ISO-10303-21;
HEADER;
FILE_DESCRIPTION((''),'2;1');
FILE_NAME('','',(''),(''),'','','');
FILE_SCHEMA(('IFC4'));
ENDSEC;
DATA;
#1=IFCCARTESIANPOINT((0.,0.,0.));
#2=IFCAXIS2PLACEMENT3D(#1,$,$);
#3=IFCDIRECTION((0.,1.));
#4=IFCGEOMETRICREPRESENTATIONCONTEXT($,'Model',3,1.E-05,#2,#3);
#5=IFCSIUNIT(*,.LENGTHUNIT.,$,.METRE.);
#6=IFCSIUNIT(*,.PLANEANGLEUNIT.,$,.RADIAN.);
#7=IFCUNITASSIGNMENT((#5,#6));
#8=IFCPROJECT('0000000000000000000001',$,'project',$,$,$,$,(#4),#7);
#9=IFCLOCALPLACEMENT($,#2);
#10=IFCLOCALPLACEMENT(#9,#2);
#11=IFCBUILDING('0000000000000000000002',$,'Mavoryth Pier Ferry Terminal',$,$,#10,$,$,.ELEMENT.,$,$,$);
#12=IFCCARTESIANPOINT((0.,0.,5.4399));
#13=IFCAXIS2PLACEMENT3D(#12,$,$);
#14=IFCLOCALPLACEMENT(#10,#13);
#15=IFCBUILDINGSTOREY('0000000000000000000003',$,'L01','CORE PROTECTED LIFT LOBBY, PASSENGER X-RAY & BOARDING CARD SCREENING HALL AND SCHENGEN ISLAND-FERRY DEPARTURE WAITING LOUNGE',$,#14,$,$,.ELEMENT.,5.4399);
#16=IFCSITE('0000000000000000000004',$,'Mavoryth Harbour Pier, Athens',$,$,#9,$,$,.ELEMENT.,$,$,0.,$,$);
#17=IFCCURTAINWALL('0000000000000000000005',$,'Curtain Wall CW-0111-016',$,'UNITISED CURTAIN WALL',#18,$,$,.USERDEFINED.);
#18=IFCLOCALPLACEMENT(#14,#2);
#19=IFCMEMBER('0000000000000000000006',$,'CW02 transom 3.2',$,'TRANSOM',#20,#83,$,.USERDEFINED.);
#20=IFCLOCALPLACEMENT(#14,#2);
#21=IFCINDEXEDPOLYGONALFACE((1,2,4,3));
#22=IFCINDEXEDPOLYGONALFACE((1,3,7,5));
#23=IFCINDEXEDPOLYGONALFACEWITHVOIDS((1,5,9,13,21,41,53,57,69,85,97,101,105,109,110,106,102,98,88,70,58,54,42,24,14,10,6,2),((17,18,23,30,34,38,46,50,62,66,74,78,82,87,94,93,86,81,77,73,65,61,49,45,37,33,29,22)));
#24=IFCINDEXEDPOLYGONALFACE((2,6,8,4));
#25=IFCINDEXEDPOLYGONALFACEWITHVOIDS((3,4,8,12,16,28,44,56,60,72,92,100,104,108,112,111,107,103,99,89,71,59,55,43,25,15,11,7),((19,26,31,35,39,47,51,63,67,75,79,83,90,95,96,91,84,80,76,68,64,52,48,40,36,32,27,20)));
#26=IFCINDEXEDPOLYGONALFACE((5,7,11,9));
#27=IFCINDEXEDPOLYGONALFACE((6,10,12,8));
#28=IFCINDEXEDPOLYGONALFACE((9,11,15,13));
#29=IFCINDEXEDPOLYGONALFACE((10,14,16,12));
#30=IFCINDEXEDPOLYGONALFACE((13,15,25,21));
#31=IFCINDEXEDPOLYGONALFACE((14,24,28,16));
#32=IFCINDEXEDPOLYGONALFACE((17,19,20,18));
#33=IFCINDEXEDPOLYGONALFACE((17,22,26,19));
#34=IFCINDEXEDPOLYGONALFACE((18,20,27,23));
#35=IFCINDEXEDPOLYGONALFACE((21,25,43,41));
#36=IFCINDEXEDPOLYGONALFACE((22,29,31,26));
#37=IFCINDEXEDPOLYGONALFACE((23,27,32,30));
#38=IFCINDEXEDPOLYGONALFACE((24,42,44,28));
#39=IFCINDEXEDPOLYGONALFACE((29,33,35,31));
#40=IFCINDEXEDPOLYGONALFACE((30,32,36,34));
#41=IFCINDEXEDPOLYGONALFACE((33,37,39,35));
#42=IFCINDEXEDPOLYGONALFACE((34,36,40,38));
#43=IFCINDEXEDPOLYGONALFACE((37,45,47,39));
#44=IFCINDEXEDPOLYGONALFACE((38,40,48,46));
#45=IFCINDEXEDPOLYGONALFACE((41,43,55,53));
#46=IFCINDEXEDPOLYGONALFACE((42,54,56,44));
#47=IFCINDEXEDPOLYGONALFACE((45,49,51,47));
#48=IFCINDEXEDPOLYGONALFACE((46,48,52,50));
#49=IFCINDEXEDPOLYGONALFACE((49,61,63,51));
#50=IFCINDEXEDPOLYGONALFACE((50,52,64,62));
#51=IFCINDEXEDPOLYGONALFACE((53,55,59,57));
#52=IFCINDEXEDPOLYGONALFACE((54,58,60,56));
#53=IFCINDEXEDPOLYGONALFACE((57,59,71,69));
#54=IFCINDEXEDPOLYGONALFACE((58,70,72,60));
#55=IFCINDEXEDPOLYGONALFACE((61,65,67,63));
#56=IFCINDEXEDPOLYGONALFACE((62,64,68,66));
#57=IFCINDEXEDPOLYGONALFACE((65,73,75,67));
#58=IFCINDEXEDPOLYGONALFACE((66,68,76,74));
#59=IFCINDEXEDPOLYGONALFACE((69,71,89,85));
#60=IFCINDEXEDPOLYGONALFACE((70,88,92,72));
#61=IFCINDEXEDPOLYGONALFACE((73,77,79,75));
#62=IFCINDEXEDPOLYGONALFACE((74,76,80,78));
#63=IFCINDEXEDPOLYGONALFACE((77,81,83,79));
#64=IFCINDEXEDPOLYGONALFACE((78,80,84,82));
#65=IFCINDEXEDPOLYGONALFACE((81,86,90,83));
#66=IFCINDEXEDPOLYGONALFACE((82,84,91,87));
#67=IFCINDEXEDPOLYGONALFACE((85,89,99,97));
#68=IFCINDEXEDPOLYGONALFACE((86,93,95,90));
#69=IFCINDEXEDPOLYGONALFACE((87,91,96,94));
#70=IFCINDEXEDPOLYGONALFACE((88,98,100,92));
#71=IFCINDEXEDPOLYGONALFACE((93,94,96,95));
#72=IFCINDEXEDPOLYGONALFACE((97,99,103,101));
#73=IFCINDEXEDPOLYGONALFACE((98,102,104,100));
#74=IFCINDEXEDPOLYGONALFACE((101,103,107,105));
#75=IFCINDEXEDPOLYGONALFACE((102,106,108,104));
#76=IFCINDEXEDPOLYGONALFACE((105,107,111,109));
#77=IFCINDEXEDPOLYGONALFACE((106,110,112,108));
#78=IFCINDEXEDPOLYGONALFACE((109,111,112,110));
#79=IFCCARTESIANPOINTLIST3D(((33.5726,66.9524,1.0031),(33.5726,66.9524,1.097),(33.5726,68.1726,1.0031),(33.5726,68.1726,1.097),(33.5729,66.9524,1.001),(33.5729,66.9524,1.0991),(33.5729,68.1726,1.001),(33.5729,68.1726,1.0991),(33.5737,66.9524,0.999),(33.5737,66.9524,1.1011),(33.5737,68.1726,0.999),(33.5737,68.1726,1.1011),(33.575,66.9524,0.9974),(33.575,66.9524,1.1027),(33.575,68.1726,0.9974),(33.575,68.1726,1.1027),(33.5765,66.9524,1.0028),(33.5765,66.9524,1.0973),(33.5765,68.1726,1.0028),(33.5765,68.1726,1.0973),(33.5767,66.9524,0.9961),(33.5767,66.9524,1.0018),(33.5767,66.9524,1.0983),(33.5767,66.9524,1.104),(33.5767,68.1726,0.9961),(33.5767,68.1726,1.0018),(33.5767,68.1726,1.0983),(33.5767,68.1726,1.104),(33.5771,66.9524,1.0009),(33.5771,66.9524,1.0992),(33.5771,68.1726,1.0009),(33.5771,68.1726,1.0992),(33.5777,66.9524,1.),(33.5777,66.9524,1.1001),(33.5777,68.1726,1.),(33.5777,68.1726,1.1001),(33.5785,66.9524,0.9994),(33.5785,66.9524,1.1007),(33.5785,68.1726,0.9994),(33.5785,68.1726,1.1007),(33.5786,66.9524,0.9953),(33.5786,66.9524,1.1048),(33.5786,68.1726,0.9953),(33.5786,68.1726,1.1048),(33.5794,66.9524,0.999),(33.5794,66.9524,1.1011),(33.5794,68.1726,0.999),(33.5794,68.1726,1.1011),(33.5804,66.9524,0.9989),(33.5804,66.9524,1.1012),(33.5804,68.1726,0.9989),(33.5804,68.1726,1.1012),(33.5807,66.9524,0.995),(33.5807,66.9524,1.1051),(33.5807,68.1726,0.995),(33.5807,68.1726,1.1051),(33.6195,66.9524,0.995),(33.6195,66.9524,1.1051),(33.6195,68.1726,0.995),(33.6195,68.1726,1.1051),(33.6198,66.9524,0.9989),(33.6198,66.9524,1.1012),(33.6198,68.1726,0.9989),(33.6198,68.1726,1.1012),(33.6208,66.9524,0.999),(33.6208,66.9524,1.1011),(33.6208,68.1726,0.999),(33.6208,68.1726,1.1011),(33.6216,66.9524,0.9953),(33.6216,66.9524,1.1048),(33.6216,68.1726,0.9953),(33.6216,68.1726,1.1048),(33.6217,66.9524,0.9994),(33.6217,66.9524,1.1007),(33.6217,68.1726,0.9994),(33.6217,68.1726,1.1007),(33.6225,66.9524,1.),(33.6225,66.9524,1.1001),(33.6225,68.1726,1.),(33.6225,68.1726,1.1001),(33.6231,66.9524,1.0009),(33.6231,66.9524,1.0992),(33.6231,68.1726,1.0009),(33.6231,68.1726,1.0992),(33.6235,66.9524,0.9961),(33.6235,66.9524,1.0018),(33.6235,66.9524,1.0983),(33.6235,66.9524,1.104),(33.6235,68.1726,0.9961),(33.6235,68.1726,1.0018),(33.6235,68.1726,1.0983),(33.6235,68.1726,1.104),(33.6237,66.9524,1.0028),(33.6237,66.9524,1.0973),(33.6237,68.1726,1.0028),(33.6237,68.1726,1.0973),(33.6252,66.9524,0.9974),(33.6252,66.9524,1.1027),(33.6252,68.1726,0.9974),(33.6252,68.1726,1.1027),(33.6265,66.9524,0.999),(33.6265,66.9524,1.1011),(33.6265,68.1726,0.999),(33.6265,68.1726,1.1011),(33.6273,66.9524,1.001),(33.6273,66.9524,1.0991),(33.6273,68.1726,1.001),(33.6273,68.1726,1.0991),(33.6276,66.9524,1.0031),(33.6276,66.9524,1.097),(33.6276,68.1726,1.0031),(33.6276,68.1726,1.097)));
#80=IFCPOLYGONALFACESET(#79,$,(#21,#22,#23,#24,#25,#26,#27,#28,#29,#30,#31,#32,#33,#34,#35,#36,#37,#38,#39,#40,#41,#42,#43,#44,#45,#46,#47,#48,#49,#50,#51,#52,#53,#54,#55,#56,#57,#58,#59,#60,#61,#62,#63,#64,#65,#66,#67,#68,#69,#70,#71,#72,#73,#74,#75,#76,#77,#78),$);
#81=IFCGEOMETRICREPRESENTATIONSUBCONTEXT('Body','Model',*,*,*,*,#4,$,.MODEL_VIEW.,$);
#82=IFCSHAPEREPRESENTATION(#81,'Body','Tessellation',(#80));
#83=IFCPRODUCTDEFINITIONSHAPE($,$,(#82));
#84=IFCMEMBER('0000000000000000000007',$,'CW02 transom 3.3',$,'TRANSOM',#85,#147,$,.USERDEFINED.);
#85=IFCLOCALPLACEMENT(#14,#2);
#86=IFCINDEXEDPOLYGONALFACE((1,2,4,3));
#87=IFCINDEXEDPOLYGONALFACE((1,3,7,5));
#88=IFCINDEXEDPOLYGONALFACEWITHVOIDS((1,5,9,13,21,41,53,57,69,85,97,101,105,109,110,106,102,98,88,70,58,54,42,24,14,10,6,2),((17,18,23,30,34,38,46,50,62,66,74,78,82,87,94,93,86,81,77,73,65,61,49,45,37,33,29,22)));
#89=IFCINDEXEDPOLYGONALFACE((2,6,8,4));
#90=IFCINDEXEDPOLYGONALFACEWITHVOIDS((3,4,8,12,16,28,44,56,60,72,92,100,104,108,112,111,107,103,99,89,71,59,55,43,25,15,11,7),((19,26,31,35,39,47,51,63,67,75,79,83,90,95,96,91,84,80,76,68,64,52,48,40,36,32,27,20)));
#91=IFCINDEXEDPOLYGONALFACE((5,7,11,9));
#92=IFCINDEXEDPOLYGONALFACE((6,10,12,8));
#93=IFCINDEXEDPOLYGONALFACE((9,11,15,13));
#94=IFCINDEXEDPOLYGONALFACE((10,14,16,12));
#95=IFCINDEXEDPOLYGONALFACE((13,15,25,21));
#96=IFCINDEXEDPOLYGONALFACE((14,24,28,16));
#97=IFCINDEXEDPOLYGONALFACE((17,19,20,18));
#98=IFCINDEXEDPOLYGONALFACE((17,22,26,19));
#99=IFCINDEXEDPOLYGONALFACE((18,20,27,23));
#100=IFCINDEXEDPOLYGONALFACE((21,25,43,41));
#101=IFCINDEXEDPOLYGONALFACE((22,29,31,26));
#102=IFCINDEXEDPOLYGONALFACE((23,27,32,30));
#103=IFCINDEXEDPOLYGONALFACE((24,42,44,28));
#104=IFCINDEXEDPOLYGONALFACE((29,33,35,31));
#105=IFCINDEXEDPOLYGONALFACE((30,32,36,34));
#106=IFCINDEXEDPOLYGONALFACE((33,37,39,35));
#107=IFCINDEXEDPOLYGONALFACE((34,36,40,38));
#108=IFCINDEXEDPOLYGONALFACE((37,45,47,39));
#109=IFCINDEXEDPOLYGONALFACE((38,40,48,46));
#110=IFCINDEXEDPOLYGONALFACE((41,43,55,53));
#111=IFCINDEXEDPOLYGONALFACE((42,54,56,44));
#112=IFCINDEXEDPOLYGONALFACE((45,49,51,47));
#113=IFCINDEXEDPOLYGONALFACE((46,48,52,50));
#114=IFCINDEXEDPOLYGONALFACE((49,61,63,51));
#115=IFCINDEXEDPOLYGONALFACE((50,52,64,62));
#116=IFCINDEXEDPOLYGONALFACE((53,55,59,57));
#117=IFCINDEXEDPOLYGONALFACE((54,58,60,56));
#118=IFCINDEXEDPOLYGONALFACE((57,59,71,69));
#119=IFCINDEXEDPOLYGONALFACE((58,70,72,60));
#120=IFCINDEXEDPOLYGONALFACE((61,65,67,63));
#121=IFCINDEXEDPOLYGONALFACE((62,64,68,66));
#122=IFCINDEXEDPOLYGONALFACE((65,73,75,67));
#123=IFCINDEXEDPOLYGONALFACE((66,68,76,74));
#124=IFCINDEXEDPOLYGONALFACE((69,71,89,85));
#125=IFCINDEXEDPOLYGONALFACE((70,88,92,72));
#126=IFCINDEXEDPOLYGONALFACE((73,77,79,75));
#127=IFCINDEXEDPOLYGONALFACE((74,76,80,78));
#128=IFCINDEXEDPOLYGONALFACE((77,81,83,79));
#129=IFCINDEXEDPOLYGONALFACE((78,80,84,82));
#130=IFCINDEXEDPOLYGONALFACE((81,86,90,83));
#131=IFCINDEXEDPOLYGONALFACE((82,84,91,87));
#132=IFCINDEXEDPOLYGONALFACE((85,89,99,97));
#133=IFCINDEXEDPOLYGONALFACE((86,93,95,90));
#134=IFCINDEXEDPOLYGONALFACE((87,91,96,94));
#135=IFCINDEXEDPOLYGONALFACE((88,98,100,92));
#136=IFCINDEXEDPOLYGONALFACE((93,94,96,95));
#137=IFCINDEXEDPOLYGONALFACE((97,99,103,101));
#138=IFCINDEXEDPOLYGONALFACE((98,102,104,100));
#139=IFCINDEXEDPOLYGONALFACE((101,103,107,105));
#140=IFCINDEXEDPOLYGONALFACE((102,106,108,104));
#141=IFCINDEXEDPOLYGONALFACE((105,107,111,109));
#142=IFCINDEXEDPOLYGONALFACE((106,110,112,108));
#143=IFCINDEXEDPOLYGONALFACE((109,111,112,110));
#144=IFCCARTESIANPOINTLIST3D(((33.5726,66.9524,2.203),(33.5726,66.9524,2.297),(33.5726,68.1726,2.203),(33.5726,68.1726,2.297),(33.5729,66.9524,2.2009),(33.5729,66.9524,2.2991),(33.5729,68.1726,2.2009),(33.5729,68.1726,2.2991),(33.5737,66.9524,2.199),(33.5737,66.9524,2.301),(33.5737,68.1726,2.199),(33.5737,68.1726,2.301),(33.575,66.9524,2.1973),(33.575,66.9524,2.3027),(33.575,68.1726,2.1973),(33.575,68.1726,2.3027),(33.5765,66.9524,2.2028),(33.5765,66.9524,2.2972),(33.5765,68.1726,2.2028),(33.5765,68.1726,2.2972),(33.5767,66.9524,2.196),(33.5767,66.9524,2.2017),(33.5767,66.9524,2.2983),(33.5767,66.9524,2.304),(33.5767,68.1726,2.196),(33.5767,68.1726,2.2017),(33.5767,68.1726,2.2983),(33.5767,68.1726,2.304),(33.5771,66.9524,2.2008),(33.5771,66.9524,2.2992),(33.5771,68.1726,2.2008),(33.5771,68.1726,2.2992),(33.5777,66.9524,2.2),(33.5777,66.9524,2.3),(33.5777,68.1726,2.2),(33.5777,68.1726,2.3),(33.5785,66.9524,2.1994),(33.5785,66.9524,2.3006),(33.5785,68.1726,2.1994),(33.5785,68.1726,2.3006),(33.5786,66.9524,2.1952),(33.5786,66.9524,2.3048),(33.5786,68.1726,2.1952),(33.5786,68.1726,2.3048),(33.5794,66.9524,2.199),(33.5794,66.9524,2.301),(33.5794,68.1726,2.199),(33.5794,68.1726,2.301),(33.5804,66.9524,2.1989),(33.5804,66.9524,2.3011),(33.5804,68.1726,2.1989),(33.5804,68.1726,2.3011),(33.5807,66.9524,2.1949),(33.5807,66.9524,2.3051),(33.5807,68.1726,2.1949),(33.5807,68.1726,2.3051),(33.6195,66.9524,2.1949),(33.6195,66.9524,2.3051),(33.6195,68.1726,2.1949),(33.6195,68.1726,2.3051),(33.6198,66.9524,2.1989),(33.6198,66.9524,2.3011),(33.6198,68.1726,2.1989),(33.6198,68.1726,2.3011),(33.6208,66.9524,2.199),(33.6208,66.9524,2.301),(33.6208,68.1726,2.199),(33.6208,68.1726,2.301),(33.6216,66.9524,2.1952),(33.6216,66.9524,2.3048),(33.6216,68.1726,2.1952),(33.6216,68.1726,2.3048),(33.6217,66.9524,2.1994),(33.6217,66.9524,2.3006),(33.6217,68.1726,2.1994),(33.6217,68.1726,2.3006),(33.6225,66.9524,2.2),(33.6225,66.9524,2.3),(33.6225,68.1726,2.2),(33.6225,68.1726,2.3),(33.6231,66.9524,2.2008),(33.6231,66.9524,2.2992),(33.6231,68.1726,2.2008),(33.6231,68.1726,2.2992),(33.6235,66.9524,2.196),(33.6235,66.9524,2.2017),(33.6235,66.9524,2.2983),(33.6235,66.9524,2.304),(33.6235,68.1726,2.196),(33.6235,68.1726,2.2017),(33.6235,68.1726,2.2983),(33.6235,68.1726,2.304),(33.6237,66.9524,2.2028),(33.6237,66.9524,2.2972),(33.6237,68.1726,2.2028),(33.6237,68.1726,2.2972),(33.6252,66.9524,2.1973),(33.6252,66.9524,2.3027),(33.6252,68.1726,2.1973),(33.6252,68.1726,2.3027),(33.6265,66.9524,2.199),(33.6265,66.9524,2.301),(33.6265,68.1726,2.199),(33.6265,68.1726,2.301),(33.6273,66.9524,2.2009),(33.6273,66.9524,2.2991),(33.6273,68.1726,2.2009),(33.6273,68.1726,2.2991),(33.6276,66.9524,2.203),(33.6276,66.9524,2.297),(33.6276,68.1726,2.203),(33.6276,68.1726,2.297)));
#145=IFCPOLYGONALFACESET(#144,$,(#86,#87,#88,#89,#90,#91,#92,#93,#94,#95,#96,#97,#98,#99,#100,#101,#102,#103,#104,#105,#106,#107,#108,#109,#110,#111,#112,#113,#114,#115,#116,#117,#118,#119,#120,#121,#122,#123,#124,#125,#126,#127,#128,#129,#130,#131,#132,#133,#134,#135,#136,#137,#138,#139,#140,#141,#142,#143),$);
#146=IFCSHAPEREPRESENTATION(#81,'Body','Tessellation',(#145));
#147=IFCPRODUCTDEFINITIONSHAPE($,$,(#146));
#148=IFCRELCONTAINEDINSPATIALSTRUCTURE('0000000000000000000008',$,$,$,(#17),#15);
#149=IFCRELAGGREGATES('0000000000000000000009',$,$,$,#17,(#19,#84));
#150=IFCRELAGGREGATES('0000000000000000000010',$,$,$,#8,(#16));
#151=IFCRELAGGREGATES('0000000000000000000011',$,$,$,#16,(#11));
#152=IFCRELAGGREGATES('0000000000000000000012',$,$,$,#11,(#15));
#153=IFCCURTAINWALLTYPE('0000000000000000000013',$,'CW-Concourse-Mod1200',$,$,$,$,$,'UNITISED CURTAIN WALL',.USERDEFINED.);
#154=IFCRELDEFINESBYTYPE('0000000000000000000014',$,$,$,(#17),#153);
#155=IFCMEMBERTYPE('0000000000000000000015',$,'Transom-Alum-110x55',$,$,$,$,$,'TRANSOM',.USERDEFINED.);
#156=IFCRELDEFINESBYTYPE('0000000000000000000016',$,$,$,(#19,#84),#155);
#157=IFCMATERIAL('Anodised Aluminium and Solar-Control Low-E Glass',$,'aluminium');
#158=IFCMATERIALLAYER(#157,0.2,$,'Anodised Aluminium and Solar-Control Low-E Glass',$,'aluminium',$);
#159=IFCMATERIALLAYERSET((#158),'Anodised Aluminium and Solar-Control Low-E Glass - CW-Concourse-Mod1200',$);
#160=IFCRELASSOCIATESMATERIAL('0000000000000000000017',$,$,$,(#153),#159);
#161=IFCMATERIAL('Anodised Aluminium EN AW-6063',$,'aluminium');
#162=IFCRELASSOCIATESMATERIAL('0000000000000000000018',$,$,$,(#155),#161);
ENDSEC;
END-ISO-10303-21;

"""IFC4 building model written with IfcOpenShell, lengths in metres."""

from ifc_helpers import new_model, si_unit, direction, frame, origin, origin_2d, place, context, subcontext, project, spatial, hollow_rectangle, extrude, material, layer, layer_set, material_profile, profile_set, type_object, element, aggregate, save


model = new_model("IFC4")

# Units and contexts
model_context = context("Model", 3, precision=1e-05, world=origin(), true_north=direction((0.0, 1.0)))
body_context = subcontext(model_context, "Body", "Model", "MODEL_VIEW")
ifc_project = project(units=[si_unit("LENGTHUNIT", "METRE"), si_unit("PLANEANGLEUNIT", "RADIAN")], contexts=[model_context])

# Site, building, storey
site_placement = place(None, origin())
site = spatial("IfcSite", under=ifc_project, at=site_placement, Name="Mavoryth Harbour Pier, Athens", CompositionType="ELEMENT", RefElevation=0.0)
building_placement = place(site_placement, origin())
building = spatial("IfcBuilding", under=site, at=building_placement, Name="Mavoryth Pier Ferry Terminal", CompositionType="ELEMENT")
storey_placement = place(building_placement, frame((0.0, 0.0, 5.4399)))
storey = spatial("IfcBuildingStorey", under=building, at=storey_placement, Name="L01", Description="CORE PROTECTED LIFT LOBBY, PASSENGER X-RAY & BOARDING CARD SCREENING HALL AND SCHENGEN ISLAND-FERRY DEPARTURE WAITING LOUNGE", CompositionType="ELEMENT", Elevation=5.4399)

# Curtain wall
ifc_material_1 = material(Name="Anodised Aluminium and Solar-Control Low-E Glass", Category="aluminium")
ifc_layer_1 = layer(ifc_material_1, 0.2, Name="Anodised Aluminium and Solar-Control Low-E Glass", Category="aluminium")
ifc_layer_set_1 = layer_set([ifc_layer_1], Name="Anodised Aluminium and Solar-Control Low-E Glass - CW-Concourse-Mod1200")
curtain_wall_type = type_object("IfcCurtainWallType", Name="CW-Concourse-Mod1200", ElementType="UNITISED CURTAIN WALL", PredefinedType="USERDEFINED", material=ifc_layer_set_1)
ifc_material_2 = material(Name="Anodised Aluminium EN AW-6063", Category="aluminium")
curtain_wall_1_placement = place(storey_placement, origin())
curtain_wall_1 = element("IfcCurtainWall", 1, at=curtain_wall_1_placement, inside=storey, type_object=curtain_wall_type, Name="Curtain Wall CW-0111-016", ObjectType="UNITISED CURTAIN WALL", PredefinedType="USERDEFINED")

# Members
ifc_material_profile_1 = material_profile(ifc_material_2, hollow_rectangle(XDim=0.0549, YDim=0.1101, WallThickness=0.0039, InnerFilletRadius=0.0039, OuterFilletRadius=0.0081, at=origin_2d()), Name="AL-TRAN 110x55x4", Category="aluminium")
ifc_profile_set_1 = profile_set([ifc_material_profile_1], Name="Anodised Aluminium EN AW-6063 - AL-TRAN 110x55x4")
member_type_1 = type_object("IfcMemberType", Name="Transom-Alum-110x55", ElementType="TRANSOM", PredefinedType="USERDEFINED", material=ifc_profile_set_1)
member_1_placement = place(storey_placement, frame((33.6001, 66.9524, 1.05), z_axis=(0.0, 1.0, 0.0), x_axis=(-1.0, 0.0, 0.0)))
member_1 = element("IfcMember", 2, at=member_1_placement, type_object=member_type_1, Name="CW02 transom 3.2", ObjectType="TRANSOM", PredefinedType="USERDEFINED", context=body_context, shape_type="SweptSolid", body=[
    extrude(hollow_rectangle(XDim=0.0549, YDim=0.1101, WallThickness=0.0039, InnerFilletRadius=0.0039, OuterFilletRadius=0.0081, at=origin_2d()), origin(), (0.0, 0.0, 1.0), 1.2202),
])
member_2_placement = place(storey_placement, frame((33.6001, 66.9524, 2.25), z_axis=(0.0, 1.0, 0.0), x_axis=(-1.0, 0.0, 0.0)))
member_2 = element("IfcMember", 3, at=member_2_placement, type_object=member_type_1, Name="CW02 transom 3.3", ObjectType="TRANSOM", PredefinedType="USERDEFINED", context=body_context, shape_type="SweptSolid", body=[
    extrude(hollow_rectangle(XDim=0.0549, YDim=0.1101, WallThickness=0.0039, InnerFilletRadius=0.0039, OuterFilletRadius=0.0081, at=origin_2d()), origin(), (0.0, 0.0, 1.0), 1.2202),
])

aggregate(curtain_wall_1, [member_1, member_2])

save(model, "model.ifc")
